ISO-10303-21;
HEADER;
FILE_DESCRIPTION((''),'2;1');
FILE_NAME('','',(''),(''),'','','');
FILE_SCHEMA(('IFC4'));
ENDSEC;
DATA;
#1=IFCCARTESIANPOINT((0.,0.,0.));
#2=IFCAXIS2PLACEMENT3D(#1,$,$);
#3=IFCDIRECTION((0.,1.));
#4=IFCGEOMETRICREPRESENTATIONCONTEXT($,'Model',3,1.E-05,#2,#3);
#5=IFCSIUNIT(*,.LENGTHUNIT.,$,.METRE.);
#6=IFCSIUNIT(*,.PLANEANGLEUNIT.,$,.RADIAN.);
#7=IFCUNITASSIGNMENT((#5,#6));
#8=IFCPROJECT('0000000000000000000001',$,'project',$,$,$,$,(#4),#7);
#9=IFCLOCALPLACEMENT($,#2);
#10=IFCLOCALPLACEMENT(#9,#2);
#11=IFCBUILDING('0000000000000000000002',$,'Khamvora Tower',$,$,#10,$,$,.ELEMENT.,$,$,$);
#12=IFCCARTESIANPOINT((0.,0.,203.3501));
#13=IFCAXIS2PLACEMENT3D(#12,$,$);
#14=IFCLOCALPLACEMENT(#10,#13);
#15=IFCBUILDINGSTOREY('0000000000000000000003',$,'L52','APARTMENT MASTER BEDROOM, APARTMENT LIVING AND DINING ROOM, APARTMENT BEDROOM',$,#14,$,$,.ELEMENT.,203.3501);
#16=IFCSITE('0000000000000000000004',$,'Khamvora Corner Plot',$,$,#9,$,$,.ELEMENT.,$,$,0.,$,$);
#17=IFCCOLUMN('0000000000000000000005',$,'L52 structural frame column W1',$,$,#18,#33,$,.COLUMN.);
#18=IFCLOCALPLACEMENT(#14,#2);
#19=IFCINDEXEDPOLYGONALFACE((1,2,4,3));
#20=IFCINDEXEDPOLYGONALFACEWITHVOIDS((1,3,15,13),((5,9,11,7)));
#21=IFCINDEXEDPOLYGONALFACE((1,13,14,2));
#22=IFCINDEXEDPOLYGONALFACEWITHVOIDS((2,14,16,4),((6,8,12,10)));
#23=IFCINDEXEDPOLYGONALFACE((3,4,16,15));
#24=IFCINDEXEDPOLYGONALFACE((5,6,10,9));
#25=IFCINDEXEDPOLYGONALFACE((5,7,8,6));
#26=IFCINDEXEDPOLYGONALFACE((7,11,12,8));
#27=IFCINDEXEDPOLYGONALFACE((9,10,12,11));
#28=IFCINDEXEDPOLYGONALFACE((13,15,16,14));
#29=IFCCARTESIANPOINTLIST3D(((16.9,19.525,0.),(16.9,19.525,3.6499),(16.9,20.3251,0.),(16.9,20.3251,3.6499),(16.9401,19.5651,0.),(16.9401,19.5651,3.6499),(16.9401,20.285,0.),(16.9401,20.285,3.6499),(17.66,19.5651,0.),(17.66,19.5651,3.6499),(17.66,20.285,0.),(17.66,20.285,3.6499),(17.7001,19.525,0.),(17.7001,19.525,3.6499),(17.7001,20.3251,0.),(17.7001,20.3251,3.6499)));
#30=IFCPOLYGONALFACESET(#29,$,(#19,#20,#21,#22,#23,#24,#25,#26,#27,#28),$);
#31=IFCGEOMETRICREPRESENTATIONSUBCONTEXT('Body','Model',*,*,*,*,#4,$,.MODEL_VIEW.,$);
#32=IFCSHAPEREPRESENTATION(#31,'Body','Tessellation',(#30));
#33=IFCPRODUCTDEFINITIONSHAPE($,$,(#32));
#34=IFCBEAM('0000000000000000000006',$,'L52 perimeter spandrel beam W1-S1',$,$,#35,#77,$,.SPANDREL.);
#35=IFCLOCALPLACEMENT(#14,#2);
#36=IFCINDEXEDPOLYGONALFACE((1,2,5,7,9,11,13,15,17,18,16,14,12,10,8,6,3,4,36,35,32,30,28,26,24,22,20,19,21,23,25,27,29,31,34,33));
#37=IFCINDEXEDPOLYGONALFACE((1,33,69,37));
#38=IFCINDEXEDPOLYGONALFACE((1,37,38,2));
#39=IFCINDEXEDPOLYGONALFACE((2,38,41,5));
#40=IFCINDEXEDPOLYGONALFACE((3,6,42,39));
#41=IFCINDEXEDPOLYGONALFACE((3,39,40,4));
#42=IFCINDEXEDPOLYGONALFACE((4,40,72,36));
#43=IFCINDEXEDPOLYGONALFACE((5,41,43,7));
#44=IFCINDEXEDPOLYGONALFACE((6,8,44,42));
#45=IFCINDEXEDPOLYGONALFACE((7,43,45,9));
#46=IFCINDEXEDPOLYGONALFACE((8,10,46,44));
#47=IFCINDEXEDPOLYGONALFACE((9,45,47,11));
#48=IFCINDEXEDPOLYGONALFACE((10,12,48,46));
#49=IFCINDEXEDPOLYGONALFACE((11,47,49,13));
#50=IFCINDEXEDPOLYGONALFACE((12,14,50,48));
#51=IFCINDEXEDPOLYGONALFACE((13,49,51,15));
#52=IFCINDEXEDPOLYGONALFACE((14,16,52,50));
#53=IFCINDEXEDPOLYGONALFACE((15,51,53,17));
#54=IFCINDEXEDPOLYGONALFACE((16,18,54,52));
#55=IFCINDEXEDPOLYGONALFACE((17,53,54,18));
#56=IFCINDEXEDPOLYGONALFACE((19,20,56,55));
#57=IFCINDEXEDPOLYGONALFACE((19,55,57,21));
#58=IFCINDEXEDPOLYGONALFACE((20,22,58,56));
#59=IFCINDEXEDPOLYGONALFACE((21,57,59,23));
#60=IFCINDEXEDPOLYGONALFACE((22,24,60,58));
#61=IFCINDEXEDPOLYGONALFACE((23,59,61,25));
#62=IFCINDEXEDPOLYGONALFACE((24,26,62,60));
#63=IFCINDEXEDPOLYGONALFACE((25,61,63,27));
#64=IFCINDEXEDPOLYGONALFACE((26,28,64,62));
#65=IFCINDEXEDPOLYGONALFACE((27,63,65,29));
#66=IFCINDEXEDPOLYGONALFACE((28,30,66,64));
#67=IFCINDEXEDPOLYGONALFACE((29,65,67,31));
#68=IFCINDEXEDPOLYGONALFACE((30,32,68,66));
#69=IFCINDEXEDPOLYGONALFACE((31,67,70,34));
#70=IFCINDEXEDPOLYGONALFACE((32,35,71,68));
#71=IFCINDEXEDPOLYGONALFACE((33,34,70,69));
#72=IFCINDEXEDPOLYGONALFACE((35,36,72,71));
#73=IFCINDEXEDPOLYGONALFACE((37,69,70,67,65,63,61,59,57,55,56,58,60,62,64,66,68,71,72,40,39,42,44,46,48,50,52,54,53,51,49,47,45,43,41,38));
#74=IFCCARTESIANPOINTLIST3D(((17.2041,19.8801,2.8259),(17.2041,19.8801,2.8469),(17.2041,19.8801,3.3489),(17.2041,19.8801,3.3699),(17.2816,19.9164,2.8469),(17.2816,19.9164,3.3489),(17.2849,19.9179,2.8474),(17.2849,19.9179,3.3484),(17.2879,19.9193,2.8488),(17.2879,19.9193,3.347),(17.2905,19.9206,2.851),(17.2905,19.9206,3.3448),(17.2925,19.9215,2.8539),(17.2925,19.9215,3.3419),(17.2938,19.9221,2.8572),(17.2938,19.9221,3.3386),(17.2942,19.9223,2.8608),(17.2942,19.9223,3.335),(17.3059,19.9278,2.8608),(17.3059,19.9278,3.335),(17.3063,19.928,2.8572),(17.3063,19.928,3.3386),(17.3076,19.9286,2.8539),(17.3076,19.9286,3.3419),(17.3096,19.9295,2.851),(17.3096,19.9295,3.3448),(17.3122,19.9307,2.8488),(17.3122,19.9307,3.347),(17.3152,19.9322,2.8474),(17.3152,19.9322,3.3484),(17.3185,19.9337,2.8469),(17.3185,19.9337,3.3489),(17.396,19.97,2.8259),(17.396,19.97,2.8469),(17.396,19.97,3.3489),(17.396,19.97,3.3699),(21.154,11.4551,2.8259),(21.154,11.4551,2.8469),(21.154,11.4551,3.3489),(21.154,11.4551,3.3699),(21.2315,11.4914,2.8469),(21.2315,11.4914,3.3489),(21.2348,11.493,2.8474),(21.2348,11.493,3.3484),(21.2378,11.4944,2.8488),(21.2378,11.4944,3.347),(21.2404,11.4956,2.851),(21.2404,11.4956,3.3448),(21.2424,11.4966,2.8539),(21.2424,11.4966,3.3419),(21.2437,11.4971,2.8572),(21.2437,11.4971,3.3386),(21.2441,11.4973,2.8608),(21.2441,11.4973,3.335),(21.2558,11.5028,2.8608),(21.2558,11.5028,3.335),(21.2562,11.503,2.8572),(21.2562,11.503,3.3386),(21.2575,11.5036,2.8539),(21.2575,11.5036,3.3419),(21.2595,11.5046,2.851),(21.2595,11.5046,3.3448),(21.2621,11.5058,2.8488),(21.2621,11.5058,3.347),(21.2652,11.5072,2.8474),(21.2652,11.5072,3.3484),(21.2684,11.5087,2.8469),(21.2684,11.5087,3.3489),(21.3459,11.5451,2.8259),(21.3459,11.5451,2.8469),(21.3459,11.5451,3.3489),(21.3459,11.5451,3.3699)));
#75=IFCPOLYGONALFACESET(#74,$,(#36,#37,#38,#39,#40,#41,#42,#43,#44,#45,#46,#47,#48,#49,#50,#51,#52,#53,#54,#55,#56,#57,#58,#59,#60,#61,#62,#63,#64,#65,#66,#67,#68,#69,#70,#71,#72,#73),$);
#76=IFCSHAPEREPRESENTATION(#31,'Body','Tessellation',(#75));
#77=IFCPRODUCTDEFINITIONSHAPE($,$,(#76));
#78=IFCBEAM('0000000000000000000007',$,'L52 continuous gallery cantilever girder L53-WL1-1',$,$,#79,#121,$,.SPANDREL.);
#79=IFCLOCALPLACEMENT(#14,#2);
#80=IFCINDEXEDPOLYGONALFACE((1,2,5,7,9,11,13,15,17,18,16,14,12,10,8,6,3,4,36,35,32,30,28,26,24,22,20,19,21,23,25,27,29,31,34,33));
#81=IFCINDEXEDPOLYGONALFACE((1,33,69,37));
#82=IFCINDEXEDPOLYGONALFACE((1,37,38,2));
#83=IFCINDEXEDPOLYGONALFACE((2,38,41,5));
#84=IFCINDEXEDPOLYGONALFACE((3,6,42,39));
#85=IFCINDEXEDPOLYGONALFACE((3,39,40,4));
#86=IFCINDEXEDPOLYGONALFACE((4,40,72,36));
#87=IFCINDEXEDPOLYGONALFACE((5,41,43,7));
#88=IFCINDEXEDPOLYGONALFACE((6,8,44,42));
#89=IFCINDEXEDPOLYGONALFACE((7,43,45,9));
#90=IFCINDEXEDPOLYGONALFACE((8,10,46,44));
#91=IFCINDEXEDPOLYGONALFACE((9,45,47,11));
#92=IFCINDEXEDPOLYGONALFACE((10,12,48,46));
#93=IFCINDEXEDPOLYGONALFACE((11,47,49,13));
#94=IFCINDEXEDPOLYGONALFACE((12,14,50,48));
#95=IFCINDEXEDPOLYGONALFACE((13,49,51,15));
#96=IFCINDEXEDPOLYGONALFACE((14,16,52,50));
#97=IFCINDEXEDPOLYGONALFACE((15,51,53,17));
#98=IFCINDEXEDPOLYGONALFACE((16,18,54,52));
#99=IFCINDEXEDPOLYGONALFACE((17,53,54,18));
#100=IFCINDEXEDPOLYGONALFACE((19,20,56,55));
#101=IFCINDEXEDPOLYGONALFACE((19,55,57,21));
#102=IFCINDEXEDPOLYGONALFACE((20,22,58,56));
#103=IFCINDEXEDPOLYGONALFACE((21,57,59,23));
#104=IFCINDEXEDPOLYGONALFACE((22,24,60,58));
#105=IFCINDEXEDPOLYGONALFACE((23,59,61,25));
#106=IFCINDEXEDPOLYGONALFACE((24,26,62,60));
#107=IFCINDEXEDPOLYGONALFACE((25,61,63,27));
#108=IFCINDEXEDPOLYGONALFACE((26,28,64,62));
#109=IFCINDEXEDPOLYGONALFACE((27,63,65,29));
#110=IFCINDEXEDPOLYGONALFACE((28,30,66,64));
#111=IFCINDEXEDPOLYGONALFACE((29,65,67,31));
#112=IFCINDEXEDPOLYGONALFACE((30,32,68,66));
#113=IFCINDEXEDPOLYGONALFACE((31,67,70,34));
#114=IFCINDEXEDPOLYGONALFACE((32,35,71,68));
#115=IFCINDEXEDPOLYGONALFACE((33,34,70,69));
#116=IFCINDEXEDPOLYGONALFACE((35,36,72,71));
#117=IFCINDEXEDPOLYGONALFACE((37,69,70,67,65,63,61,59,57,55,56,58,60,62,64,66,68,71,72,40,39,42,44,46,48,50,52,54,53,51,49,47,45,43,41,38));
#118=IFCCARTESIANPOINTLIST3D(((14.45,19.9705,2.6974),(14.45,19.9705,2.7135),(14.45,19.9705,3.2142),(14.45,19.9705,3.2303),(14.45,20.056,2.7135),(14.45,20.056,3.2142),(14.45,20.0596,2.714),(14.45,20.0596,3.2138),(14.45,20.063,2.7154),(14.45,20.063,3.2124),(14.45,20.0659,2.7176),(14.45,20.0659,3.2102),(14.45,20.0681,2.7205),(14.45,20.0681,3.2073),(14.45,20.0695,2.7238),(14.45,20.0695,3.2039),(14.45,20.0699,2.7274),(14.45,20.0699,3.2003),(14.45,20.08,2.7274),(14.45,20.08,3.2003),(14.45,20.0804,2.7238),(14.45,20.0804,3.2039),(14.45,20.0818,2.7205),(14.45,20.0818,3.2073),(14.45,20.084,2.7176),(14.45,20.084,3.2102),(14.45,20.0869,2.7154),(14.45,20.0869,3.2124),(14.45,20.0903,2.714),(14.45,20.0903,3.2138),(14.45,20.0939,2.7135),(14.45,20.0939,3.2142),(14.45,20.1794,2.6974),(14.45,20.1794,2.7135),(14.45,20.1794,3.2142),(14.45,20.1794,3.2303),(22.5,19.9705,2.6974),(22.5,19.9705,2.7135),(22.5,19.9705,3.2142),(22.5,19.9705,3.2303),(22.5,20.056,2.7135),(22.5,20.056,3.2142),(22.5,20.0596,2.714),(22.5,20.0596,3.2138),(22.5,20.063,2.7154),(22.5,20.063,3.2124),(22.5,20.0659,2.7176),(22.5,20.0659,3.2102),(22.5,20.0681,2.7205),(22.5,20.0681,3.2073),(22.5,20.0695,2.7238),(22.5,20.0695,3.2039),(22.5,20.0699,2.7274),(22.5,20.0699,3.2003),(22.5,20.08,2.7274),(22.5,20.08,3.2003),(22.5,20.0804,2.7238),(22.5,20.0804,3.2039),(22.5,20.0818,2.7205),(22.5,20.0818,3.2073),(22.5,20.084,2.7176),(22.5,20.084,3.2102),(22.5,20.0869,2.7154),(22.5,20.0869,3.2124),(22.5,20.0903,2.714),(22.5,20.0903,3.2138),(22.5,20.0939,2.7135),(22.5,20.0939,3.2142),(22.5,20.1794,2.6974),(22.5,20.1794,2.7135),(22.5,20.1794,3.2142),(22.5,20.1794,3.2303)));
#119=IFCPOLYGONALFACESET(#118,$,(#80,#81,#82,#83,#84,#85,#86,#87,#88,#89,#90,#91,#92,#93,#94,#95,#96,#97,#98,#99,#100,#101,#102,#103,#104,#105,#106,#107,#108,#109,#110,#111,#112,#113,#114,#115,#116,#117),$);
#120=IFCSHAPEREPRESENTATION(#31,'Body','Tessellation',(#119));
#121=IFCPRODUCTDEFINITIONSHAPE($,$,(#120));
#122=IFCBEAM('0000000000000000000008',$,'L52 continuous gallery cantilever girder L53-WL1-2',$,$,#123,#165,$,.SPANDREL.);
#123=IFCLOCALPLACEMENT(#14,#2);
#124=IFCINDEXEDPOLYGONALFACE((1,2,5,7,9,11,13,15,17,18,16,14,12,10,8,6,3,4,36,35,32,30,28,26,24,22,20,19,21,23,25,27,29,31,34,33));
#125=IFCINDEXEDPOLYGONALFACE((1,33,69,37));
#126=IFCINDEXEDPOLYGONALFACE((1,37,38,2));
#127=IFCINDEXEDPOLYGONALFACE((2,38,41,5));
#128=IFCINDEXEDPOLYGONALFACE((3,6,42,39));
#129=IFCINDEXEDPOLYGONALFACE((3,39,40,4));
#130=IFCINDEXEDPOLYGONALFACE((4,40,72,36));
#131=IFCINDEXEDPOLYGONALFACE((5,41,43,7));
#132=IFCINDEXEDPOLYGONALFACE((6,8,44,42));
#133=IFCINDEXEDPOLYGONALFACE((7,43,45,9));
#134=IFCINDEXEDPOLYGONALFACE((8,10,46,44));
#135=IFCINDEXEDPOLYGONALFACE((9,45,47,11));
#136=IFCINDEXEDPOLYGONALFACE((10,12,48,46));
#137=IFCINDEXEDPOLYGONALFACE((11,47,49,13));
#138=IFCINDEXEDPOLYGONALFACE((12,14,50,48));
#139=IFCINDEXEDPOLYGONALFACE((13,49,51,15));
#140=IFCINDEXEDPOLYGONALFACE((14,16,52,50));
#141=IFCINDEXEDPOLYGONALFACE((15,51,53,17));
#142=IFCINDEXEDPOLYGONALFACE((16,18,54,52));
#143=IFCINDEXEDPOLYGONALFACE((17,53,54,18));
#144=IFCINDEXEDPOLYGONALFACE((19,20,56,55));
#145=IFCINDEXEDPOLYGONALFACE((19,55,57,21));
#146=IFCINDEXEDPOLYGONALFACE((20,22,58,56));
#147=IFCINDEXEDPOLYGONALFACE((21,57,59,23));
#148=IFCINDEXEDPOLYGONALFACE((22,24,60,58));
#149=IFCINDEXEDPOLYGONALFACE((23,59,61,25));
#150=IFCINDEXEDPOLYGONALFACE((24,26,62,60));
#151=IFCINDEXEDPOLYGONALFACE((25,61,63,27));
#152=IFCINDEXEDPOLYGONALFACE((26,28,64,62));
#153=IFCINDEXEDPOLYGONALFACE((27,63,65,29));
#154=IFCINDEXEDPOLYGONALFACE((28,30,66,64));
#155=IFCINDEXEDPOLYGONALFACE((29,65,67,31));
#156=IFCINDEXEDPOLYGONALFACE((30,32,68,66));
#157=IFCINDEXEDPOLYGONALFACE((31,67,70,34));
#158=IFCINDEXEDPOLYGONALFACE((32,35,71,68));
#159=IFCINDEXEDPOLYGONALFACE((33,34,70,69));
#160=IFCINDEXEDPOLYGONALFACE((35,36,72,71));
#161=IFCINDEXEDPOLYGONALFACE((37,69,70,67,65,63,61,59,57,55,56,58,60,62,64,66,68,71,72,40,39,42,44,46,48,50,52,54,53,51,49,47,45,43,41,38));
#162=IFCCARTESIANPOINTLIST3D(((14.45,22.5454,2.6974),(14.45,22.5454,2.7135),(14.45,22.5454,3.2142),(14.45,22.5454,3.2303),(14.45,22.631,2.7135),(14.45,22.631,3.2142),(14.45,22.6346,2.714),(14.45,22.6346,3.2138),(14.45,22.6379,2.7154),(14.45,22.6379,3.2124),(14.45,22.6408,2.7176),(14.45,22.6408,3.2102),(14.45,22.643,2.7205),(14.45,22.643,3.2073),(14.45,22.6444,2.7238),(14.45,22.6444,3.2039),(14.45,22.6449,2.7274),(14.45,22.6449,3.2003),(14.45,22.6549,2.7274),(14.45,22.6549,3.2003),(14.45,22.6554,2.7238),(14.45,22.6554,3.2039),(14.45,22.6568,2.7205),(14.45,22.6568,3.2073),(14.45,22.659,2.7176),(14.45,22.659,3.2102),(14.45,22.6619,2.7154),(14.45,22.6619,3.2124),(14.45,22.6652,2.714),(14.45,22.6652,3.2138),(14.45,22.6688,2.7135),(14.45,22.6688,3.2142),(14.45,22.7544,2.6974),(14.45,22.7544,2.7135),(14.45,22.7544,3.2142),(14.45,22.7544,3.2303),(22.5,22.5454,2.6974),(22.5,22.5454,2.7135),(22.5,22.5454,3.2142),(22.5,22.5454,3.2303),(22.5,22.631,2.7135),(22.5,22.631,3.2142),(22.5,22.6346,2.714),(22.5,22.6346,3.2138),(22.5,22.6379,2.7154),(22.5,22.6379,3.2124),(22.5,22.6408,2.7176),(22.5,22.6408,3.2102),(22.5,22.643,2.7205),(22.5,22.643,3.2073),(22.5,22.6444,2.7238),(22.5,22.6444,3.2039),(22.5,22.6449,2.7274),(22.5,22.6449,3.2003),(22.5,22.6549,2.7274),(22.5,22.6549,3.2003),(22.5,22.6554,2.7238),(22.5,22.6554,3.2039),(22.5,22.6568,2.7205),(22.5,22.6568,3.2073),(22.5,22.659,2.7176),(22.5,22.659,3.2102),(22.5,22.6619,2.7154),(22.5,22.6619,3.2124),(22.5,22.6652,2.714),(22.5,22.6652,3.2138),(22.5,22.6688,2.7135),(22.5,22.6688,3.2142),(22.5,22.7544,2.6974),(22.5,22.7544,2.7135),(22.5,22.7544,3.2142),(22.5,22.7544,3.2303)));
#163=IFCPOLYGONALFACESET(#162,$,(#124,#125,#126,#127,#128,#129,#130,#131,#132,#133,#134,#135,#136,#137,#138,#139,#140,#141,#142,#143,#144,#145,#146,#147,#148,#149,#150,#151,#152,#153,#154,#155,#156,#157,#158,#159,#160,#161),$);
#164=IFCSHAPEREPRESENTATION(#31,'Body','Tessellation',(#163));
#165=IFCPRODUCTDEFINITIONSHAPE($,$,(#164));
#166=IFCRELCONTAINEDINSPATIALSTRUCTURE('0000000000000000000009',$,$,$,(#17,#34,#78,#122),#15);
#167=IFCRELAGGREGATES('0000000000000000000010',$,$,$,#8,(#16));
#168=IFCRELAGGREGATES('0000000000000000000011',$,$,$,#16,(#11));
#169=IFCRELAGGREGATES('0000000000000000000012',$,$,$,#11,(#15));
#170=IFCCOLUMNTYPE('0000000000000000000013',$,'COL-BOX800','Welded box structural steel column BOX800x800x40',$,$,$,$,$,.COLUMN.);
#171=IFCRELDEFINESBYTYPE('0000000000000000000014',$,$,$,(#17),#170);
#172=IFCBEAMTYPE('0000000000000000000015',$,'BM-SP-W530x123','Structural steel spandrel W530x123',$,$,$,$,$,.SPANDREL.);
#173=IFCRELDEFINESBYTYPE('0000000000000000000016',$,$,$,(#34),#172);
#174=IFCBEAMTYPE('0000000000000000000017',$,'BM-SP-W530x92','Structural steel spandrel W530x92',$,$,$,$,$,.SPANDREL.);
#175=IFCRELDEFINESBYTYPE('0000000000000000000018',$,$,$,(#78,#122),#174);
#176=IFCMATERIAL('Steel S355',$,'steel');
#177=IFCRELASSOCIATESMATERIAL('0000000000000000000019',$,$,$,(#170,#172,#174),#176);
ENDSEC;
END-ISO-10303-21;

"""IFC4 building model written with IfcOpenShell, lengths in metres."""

from ifc_helpers import new_model, si_unit, direction, frame, origin, origin_2d, place, context, subcontext, project, spatial, hollow_rectangle, i_section, extrude, material, material_profile, profile_set, type_object, element, save


model = new_model("IFC4")

# Units and contexts
model_context = context("Model", 3, precision=1e-05, world=origin(), true_north=direction((0.0, 1.0)))
body_context = subcontext(model_context, "Body", "Model", "MODEL_VIEW")
ifc_project = project(units=[si_unit("LENGTHUNIT", "METRE"), si_unit("PLANEANGLEUNIT", "RADIAN")], contexts=[model_context])

# Site, building, storey
site_placement = place(None, origin())
site = spatial("IfcSite", under=ifc_project, at=site_placement, Name="Khamvora Corner Plot", CompositionType="ELEMENT", RefElevation=0.0)
building_placement = place(site_placement, origin())
building = spatial("IfcBuilding", under=site, at=building_placement, Name="Khamvora Tower", CompositionType="ELEMENT")
storey_placement = place(building_placement, frame((0.0, 0.0, 203.3501)))
storey = spatial("IfcBuildingStorey", under=building, at=storey_placement, Name="L52", Description="APARTMENT MASTER BEDROOM, APARTMENT LIVING AND DINING ROOM, APARTMENT BEDROOM", CompositionType="ELEMENT", Elevation=203.3501)

# Column
ifc_material_1 = material(Name="Steel S355", Category="steel")
ifc_material_profile_1 = material_profile(ifc_material_1, hollow_rectangle(XDim=0.8, YDim=0.8, WallThickness=0.04, at=origin_2d()), Name="BOX800x800x40")
ifc_profile_set_1 = profile_set([ifc_material_profile_1], Name="Steel S355")
column_type = type_object("IfcColumnType", Name="COL-BOX800", Description="Welded box structural steel column BOX800x800x40", PredefinedType="COLUMN", material=ifc_profile_set_1)
column_placement = place(storey_placement, frame((17.3, 19.925, 0.0), z_axis=(0.0, 0.0, 1.0), x_axis=(1.0, 0.0, 0.0)))
element("IfcColumn", 1, at=column_placement, inside=storey, type_object=column_type, Name="L52 structural frame column W1", PredefinedType="COLUMN", context=body_context, shape_type="SweptSolid", body=[
    extrude(hollow_rectangle(XDim=0.8, YDim=0.8, WallThickness=0.04, at=origin_2d()), origin(), (0.0, 0.0, 1.0), 3.6499),
])

# Beams
ifc_material_profile_2 = material_profile(ifc_material_1, i_section(OverallWidth=0.2119, OverallDepth=0.5439, WebThickness=0.0129, FlangeThickness=0.021, FilletRadius=0.0139, at=origin_2d()), Name="W530x123")
ifc_profile_set_2 = profile_set([ifc_material_profile_2], Name="Steel S355")
beam_type_1 = type_object("IfcBeamType", Name="BM-SP-W530x123", Description="Structural steel spandrel W530x123", PredefinedType="SPANDREL", material=ifc_profile_set_2)
beam_1_placement = place(storey_placement, frame((17.3, 19.925, 3.0979), z_axis=(0.424496, -0.90543, 0.0), x_axis=(0.90543, 0.424496, 0.0)))
element("IfcBeam", 2, at=beam_1_placement, inside=storey, type_object=beam_type_1, Name="L52 perimeter spandrel beam W1-S1", PredefinedType="SPANDREL", context=body_context, shape_type="SweptSolid", body=[
    extrude(i_section(OverallWidth=0.2119, OverallDepth=0.5439, WebThickness=0.0129, FlangeThickness=0.021, FilletRadius=0.0139, at=origin_2d()), origin(), (0.0, 0.0, 1.0), 9.3049),
])
ifc_material_profile_3 = material_profile(ifc_material_1, i_section(OverallWidth=0.209, OverallDepth=0.533, WebThickness=0.01, FlangeThickness=0.0161, FilletRadius=0.0139, at=origin_2d()), Name="W530x92")
ifc_profile_set_3 = profile_set([ifc_material_profile_3], Name="Steel S355")
beam_type_2 = type_object("IfcBeamType", Name="BM-SP-W530x92", Description="Structural steel spandrel W530x92", PredefinedType="SPANDREL", material=ifc_profile_set_3)
for number, where, z_axis, x_axis, name in (
    (3, (22.5, 20.075, 2.9639), (-1.0, 0.0, 0.0), (0.0, -1.0, 0.0), "L52 continuous gallery cantilever girder L53-WL1-1"),
    (4, (22.5, 22.6499, 2.9639), (-1.0, 0.0, 0.0), (0.0, -1.0, 0.0), "L52 continuous gallery cantilever girder L53-WL1-2"),
):
    element("IfcBeam", number, at=place(storey_placement, frame(where, z_axis=z_axis, x_axis=x_axis)), inside=storey, type_object=beam_type_2, Name=name, PredefinedType="SPANDREL", context=body_context, shape_type="SweptSolid", body=[
        extrude(i_section(OverallWidth=0.209, OverallDepth=0.533, WebThickness=0.01, FlangeThickness=0.0161, FilletRadius=0.0139, at=origin_2d()), origin(), (0.0, 0.0, 1.0), 8.05),
    ])

save(model, "model.ifc")
